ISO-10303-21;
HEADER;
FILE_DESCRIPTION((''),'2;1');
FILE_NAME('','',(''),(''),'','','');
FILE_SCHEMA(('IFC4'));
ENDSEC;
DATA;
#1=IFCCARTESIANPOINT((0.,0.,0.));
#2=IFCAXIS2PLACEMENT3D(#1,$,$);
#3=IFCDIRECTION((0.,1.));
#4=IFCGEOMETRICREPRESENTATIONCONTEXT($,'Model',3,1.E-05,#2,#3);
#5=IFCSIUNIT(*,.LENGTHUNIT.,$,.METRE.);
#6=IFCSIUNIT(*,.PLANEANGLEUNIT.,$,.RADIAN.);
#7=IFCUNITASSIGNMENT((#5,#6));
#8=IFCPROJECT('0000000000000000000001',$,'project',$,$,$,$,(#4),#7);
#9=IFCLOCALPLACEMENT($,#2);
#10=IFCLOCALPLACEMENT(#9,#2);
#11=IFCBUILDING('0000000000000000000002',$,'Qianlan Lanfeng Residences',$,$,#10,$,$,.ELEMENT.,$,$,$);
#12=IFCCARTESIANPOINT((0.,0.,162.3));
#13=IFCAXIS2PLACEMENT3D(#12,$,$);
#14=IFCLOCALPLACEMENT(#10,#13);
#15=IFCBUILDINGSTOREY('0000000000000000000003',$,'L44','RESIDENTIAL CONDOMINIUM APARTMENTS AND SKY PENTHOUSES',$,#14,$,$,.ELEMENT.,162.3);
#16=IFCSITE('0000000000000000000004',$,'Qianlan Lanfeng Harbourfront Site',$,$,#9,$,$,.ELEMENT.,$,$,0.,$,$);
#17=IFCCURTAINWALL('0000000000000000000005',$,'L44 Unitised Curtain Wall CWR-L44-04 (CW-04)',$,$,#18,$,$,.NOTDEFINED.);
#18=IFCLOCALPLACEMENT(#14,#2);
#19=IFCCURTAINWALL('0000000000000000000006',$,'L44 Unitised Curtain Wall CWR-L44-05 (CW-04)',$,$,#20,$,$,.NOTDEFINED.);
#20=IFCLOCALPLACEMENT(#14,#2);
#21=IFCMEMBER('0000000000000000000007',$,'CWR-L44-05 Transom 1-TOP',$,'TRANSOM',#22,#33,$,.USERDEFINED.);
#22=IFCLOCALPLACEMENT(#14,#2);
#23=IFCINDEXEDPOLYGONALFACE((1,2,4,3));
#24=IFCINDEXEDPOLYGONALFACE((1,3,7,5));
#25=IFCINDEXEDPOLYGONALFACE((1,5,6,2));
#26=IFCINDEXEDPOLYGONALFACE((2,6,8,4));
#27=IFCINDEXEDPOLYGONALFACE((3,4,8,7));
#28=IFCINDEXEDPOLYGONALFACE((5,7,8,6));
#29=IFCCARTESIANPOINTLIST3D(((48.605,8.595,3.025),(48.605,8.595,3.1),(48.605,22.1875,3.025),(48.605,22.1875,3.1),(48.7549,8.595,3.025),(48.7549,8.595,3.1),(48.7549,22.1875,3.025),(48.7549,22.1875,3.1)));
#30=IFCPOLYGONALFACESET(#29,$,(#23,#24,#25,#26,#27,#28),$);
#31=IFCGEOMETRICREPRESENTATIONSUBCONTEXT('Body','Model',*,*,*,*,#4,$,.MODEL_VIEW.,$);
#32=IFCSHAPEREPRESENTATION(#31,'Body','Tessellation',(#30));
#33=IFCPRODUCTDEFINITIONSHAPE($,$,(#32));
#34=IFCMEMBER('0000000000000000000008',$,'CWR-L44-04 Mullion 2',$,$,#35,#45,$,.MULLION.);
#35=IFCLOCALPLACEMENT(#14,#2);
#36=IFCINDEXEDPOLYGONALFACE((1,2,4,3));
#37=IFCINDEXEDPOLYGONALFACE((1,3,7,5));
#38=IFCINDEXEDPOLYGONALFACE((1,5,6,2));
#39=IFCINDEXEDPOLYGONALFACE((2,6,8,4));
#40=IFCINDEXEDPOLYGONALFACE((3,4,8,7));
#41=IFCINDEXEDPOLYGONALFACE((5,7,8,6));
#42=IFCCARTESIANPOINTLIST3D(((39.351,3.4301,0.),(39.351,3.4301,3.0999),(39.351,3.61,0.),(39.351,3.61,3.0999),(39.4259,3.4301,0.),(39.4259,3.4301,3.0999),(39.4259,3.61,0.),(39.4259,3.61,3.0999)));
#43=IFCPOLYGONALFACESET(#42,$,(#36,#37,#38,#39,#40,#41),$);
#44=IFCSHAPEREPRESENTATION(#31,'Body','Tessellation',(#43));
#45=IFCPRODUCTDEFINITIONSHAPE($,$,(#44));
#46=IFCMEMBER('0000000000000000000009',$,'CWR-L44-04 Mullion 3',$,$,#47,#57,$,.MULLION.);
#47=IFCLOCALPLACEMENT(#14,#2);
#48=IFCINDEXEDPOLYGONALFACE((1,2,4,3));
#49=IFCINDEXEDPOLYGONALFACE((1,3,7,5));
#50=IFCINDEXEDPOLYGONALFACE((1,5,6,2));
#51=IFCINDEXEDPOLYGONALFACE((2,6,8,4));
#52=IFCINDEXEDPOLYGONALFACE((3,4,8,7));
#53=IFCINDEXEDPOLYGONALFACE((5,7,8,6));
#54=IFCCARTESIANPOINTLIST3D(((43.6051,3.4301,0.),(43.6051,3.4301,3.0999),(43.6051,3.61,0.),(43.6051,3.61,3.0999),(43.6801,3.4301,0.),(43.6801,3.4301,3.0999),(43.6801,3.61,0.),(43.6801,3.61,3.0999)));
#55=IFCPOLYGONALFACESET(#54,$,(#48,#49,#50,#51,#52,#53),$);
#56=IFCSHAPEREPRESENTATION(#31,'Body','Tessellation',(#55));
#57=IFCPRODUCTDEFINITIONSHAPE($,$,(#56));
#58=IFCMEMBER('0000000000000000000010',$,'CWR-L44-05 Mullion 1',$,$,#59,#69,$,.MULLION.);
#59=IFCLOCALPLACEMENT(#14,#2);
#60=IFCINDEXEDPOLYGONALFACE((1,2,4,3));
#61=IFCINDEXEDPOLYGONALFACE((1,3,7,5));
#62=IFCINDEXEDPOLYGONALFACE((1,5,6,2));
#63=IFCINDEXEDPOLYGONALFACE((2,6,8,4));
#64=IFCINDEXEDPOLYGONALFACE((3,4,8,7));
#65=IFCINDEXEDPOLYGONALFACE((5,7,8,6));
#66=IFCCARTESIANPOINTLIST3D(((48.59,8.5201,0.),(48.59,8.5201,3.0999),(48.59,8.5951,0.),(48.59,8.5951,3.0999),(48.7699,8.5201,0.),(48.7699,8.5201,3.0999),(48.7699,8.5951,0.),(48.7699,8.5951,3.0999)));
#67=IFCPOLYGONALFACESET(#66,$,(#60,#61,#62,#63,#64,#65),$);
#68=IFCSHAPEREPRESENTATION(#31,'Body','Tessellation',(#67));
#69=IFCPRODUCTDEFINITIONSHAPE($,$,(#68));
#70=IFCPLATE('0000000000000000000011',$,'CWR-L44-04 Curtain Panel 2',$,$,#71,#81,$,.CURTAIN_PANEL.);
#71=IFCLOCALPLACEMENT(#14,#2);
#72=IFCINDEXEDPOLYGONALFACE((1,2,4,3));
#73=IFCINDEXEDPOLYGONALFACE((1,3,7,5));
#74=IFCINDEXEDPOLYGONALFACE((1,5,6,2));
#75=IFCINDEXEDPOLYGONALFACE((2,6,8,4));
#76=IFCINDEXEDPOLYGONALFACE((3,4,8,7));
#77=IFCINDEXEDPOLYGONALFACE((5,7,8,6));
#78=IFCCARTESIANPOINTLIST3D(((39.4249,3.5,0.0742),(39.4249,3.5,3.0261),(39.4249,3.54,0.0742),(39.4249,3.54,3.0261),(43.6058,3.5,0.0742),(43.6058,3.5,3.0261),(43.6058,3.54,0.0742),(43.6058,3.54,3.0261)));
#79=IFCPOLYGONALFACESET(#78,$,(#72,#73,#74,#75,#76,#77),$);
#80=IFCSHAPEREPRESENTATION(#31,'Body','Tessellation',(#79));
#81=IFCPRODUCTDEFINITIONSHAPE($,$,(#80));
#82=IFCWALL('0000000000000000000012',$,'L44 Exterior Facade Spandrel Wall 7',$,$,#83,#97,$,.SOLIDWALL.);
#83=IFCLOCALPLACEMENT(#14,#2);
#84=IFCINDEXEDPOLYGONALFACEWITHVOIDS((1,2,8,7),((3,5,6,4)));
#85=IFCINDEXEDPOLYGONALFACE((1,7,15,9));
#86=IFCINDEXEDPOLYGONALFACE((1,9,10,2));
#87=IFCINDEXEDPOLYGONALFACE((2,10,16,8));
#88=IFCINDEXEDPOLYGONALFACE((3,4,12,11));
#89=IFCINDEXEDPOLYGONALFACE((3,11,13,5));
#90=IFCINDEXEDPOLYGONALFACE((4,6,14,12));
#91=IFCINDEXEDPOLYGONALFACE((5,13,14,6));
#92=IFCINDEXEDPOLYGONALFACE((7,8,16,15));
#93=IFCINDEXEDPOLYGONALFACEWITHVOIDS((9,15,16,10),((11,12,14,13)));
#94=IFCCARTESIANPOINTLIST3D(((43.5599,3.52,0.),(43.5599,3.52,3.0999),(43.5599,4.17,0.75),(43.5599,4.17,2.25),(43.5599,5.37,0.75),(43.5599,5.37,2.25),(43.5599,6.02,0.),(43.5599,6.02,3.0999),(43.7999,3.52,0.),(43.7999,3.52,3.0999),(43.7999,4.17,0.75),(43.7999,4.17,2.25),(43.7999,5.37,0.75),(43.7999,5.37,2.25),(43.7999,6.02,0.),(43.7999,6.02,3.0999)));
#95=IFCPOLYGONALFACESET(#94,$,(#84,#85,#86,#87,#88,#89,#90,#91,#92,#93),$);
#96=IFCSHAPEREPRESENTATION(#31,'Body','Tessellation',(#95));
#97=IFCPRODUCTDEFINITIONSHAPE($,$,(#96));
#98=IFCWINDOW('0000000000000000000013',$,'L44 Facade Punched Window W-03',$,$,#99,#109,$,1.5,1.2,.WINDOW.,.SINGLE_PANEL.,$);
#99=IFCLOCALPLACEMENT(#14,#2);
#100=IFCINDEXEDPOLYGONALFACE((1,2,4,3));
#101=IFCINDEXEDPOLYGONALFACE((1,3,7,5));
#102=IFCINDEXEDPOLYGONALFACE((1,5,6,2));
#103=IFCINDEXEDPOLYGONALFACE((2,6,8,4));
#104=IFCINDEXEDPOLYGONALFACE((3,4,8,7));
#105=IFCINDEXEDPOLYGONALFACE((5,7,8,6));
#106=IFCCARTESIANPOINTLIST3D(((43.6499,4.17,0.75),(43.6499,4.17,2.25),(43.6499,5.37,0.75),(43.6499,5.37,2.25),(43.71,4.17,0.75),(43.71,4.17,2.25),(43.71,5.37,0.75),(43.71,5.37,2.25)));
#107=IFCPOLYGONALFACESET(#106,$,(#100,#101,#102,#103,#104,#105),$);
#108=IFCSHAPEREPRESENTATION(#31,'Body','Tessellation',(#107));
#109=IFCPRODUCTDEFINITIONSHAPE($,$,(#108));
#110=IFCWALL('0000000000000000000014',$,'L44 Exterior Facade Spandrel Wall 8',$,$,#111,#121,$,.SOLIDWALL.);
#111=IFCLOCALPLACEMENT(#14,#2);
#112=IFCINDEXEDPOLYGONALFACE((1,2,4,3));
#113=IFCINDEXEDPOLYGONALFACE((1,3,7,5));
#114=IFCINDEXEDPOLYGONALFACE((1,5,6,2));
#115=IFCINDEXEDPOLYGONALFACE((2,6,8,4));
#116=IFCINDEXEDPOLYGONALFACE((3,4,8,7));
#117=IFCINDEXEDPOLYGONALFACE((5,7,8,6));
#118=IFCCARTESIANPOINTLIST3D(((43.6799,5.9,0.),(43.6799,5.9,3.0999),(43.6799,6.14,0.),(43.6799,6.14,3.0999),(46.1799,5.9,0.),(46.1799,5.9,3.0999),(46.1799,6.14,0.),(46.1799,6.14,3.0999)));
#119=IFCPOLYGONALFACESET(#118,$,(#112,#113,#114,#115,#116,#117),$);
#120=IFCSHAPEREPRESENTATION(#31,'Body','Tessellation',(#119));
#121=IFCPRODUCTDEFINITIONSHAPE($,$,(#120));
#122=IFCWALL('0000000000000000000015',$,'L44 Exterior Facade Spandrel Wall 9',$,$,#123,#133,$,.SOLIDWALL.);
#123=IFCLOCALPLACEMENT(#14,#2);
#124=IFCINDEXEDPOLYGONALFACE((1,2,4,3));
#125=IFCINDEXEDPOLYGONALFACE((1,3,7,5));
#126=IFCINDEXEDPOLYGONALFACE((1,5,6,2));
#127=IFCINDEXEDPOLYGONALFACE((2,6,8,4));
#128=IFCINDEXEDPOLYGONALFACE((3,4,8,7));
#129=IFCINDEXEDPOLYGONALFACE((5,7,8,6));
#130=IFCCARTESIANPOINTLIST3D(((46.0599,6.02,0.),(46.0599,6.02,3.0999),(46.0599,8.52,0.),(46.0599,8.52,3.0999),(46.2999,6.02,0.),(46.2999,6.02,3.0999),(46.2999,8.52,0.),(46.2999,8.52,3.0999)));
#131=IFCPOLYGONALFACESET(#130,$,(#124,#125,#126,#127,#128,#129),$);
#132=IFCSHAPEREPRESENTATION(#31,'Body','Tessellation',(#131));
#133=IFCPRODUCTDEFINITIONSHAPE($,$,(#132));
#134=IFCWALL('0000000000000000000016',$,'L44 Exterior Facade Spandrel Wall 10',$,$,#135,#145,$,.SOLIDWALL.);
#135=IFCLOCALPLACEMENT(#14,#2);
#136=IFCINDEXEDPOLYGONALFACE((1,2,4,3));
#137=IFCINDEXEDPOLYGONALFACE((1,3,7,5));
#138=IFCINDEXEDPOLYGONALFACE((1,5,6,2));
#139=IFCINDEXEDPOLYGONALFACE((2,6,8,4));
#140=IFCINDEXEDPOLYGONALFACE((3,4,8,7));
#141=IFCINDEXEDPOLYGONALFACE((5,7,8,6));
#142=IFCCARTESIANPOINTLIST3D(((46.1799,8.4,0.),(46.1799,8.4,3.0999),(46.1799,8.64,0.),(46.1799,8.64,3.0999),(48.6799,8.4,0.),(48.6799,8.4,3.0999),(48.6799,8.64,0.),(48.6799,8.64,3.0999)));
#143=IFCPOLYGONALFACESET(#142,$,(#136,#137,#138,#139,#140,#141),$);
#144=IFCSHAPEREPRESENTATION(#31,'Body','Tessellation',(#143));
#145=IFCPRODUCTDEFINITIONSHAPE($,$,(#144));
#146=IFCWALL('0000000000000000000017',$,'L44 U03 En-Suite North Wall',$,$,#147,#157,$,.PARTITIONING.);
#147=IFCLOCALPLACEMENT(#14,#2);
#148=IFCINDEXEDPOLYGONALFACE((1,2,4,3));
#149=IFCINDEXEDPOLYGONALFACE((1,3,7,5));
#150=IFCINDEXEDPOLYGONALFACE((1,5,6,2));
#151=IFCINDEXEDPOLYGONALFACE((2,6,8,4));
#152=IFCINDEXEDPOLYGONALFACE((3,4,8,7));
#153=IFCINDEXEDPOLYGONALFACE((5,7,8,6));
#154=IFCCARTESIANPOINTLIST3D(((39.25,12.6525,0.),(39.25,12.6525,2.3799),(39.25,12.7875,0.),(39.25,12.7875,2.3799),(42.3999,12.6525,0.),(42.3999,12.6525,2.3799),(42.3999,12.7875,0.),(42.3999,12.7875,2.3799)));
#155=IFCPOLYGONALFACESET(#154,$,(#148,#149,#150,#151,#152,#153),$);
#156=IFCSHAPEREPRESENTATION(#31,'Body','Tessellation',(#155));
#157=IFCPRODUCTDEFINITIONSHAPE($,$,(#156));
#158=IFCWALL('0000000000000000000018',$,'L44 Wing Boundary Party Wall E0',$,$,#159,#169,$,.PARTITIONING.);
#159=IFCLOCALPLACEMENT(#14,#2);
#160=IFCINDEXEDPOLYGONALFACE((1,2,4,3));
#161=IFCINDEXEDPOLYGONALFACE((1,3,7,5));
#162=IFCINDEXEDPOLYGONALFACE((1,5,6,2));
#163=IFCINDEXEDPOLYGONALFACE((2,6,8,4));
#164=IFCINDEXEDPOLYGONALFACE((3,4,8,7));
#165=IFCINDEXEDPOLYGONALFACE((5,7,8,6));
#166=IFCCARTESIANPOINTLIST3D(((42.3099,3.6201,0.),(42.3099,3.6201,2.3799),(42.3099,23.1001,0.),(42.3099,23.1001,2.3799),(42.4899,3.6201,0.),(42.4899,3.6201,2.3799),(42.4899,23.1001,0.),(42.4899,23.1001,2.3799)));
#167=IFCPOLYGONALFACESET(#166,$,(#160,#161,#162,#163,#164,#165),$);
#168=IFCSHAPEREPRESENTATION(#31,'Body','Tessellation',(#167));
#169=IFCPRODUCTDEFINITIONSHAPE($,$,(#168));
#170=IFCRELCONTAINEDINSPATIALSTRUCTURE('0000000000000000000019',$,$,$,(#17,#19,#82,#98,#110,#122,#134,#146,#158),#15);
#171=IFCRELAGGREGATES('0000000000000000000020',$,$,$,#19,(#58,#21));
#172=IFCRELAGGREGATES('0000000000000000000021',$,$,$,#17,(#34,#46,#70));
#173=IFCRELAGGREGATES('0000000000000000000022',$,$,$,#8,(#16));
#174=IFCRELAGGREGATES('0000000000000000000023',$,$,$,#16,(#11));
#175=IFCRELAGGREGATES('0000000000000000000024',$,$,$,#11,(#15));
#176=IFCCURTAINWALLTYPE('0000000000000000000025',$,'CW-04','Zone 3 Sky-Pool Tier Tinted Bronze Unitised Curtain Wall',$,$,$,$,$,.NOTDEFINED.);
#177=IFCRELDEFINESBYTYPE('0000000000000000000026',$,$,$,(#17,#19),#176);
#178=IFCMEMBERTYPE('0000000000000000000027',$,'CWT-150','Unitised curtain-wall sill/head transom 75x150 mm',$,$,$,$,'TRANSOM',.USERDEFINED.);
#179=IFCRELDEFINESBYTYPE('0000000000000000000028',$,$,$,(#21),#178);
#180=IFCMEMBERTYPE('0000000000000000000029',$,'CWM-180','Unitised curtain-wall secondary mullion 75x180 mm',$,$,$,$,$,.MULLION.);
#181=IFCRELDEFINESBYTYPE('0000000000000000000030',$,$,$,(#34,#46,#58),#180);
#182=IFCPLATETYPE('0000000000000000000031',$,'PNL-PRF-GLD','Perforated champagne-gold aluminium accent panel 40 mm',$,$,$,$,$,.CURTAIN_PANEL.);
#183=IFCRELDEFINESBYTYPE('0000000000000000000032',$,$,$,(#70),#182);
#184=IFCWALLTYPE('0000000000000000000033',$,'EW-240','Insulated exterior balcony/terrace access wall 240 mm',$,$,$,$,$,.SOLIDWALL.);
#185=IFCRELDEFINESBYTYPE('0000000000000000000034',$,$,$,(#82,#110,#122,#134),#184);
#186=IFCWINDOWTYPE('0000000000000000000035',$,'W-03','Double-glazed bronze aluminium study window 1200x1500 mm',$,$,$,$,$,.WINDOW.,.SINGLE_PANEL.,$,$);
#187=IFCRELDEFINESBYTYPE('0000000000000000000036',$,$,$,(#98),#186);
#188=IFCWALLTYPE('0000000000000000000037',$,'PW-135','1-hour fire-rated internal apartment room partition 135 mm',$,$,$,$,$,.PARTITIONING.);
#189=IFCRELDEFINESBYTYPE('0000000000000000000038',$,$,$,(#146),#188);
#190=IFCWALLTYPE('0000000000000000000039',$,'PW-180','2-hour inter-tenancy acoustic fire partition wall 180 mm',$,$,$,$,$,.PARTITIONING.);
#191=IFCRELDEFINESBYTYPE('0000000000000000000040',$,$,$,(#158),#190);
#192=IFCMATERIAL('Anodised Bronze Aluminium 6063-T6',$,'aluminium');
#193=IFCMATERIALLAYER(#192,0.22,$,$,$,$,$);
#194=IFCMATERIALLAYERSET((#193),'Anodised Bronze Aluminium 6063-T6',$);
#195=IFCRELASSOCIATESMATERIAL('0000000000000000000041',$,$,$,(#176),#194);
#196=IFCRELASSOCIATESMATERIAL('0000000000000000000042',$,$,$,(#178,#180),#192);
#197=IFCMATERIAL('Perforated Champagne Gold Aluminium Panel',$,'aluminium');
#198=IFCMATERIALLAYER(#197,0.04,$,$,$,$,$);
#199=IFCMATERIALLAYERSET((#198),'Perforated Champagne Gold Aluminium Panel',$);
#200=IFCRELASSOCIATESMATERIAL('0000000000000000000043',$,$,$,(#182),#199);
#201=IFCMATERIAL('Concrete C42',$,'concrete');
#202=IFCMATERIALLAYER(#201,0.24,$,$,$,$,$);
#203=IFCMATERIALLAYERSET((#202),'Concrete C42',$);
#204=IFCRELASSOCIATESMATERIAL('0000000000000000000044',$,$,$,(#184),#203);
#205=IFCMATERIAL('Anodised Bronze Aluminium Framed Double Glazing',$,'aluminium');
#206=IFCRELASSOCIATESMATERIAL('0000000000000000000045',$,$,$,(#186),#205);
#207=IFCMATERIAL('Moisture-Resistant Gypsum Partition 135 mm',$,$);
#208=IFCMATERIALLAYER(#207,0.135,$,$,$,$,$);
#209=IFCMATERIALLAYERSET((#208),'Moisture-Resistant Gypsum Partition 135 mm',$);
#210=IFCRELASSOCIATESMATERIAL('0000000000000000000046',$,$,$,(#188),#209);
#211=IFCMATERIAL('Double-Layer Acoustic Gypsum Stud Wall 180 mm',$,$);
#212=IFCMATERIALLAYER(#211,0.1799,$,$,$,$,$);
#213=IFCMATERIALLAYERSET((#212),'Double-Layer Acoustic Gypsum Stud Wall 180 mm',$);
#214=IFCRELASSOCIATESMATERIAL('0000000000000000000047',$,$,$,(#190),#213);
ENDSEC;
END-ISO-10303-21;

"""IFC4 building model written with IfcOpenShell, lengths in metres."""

from ifc_helpers import new_model, si_unit, direction, frame, frame_2d, origin, origin_2d, place, context, subcontext, project, spatial, rectangle, extrude, source, transform, mapped, material, layer, layer_set, material_profile, profile_set, type_object, element, fill, aggregate, save


model = new_model("IFC4")

# Units and contexts
model_context = context("Model", 3, precision=1e-05, world=origin(), true_north=direction((0.0, 1.0)))
body_context = subcontext(model_context, "Body", "Model", "MODEL_VIEW")
ifc_project = project(units=[si_unit("LENGTHUNIT", "METRE"), si_unit("PLANEANGLEUNIT", "RADIAN")], contexts=[model_context])

# Site, building, storey
site_placement = place(None, origin())
site = spatial("IfcSite", under=ifc_project, at=site_placement, Name="Qianlan Lanfeng Harbourfront Site", CompositionType="ELEMENT", RefElevation=0.0)
building_placement = place(site_placement, origin())
building = spatial("IfcBuilding", under=site, at=building_placement, Name="Qianlan Lanfeng Residences", CompositionType="ELEMENT")
storey_placement = place(building_placement, frame((0.0, 0.0, 162.3)))
storey = spatial("IfcBuildingStorey", under=building, at=storey_placement, Name="L44", Description="RESIDENTIAL CONDOMINIUM APARTMENTS AND SKY PENTHOUSES", CompositionType="ELEMENT", Elevation=162.3)

# Curtain walls, member
ifc_material_1 = material(Name="Anodised Bronze Aluminium 6063-T6", Category="aluminium")
ifc_layer_1 = layer(ifc_material_1, 0.22)
ifc_layer_set_1 = layer_set([ifc_layer_1], Name="Anodised Bronze Aluminium 6063-T6")
curtain_wall_type = type_object("IfcCurtainWallType", Name="CW-04", Description="Zone 3 Sky-Pool Tier Tinted Bronze Unitised Curtain Wall", PredefinedType="NOTDEFINED", material=ifc_layer_set_1)
curtain_wall_1_placement = place(storey_placement, origin())
curtain_wall_1 = element("IfcCurtainWall", 1, at=curtain_wall_1_placement, inside=storey, type_object=curtain_wall_type, Name="L44 Unitised Curtain Wall CWR-L44-04 (CW-04)", PredefinedType="NOTDEFINED")
ifc_material_profile_1 = material_profile(ifc_material_1, rectangle(XDim=0.075, YDim=0.1499, at=origin_2d()), Name="ALU TRANSOM 75x150")
ifc_profile_set_1 = profile_set([ifc_material_profile_1], Name="Anodised Bronze Aluminium 6063-T6")
member_type_1 = type_object("IfcMemberType", Name="CWT-150", Description="Unitised curtain-wall sill/head transom 75x150 mm", ElementType="TRANSOM", PredefinedType="USERDEFINED", material=ifc_profile_set_1)
curtain_wall_2_placement = place(storey_placement, origin())
curtain_wall_2 = element("IfcCurtainWall", 2, at=curtain_wall_2_placement, inside=storey, type_object=curtain_wall_type, Name="L44 Unitised Curtain Wall CWR-L44-05 (CW-04)", PredefinedType="NOTDEFINED")
shared_shape_1 = source(origin(), body_context, "Body", "SweptSolid", [
    extrude(rectangle(XDim=0.075, YDim=0.1499, at=origin_2d()), origin(), (0.0, 0.0, 1.0), 13.5925),
])
member_1_placement = place(storey_placement, frame((48.6799, 8.595, 3.0625), z_axis=(0.0, 1.0, 0.0), x_axis=(0.0, 0.0, 1.0)))
member_1 = element("IfcMember", 3, at=member_1_placement, type_object=member_type_1, Name="CWR-L44-05 Transom 1-TOP", ObjectType="TRANSOM", PredefinedType="USERDEFINED", context=body_context, shape_type="MappedRepresentation", body=[
    mapped(shared_shape_1, transform((0.0, 0.0, 0.0), scale=1.0)),
])

# Members
ifc_material_profile_2 = material_profile(ifc_material_1, rectangle(XDim=0.075, YDim=0.1799, at=origin_2d()), Name="ALU MULLION 75x180")
ifc_profile_set_2 = profile_set([ifc_material_profile_2], Name="Anodised Bronze Aluminium 6063-T6")
member_type_2 = type_object("IfcMemberType", Name="CWM-180", Description="Unitised curtain-wall secondary mullion 75x180 mm", PredefinedType="MULLION", material=ifc_profile_set_2)
shared_shape_2 = source(origin(), body_context, "Body", "SweptSolid", [
    extrude(rectangle(XDim=0.075, YDim=0.1799, at=origin_2d()), origin(), (0.0, 0.0, 1.0), 3.0999),
])
member_2_placement = place(storey_placement, frame((39.3884, 3.52, 0.0), z_axis=(0.0, 0.0, 1.0), x_axis=(1.0, 0.0, 0.0)))
member_2 = element("IfcMember", 4, at=member_2_placement, type_object=member_type_2, Name="CWR-L44-04 Mullion 2", PredefinedType="MULLION", context=body_context, shape_type="MappedRepresentation", body=[
    mapped(shared_shape_2, transform((0.0, 0.0, 0.0), scale=1.0)),
])
member_3_placement = place(storey_placement, frame((43.6426, 3.52, 0.0), z_axis=(0.0, 0.0, 1.0), x_axis=(1.0, 0.0, 0.0)))
member_3 = element("IfcMember", 5, at=member_3_placement, type_object=member_type_2, Name="CWR-L44-04 Mullion 3", PredefinedType="MULLION", context=body_context, shape_type="MappedRepresentation", body=[
    mapped(shared_shape_2, transform((0.0, 0.0, 0.0), scale=1.0)),
])
member_4_placement = place(storey_placement, frame((48.6799, 8.5576, 0.0), z_axis=(0.0, 0.0, 1.0), x_axis=(0.0, 1.0, 0.0)))
member_4 = element("IfcMember", 6, at=member_4_placement, type_object=member_type_2, Name="CWR-L44-05 Mullion 1", PredefinedType="MULLION", context=body_context, shape_type="MappedRepresentation", body=[
    mapped(shared_shape_2, transform((0.0, 0.0, 0.0), scale=1.0)),
])
aggregate(curtain_wall_2, [member_4, member_1])

# Plate
ifc_material_2 = material(Name="Perforated Champagne Gold Aluminium Panel", Category="aluminium")
ifc_layer_2 = layer(ifc_material_2, 0.04)
ifc_layer_set_2 = layer_set([ifc_layer_2], Name="Perforated Champagne Gold Aluminium Panel")
plate_type = type_object("IfcPlateType", Name="PNL-PRF-GLD", Description="Perforated champagne-gold aluminium accent panel 40 mm", PredefinedType="CURTAIN_PANEL", material=ifc_layer_set_2)
shared_shape_3 = source(origin(), body_context, "Body", "SweptSolid", [
    extrude(rectangle(XDim=4.1809, YDim=0.04, at=origin_2d()), origin(), (0.0, 0.0, 1.0), 2.9519),
])
plate_placement = place(storey_placement, frame((41.5154, 3.52, 0.0742), z_axis=(0.0, 0.0, 1.0), x_axis=(1.0, 0.0, 0.0)))
plate = element("IfcPlate", 7, at=plate_placement, type_object=plate_type, Name="CWR-L44-04 Curtain Panel 2", PredefinedType="CURTAIN_PANEL", context=body_context, shape_type="MappedRepresentation", body=[
    mapped(shared_shape_3, transform((0.0, 0.0, 0.0), scale=1.0)),
])
aggregate(curtain_wall_1, [member_2, member_3, plate])

# Wall, opening, window
ifc_material_3 = material(Name="Concrete C42", Category="concrete")
ifc_layer_3 = layer(ifc_material_3, 0.24)
ifc_layer_set_3 = layer_set([ifc_layer_3], Name="Concrete C42")
wall_type_1 = type_object("IfcWallType", Name="EW-240", Description="Insulated exterior balcony/terrace access wall 240 mm", PredefinedType="SOLIDWALL", material=ifc_layer_set_3)
wall_1_placement = place(storey_placement, frame((43.6799, 3.52, 0.0), z_axis=(0.0, 0.0, 1.0), x_axis=(0.0, 1.0, 0.0)))
wall_1 = element("IfcWall", 8, at=wall_1_placement, inside=storey, type_object=wall_type_1, Name="L44 Exterior Facade Spandrel Wall 7", PredefinedType="SOLIDWALL", context=body_context, shape_type="SweptSolid", body=[
    extrude(rectangle(XDim=2.5, YDim=0.24, at=frame_2d((1.25, 0.0))), origin(), (0.0, 0.0, 1.0), 3.0999),
])
opening_placement = place(wall_1_placement, frame((0.6499, 0.0, 0.75)))
opening = element("IfcOpeningElement", 9, at=opening_placement, cuts=wall_1, PredefinedType="OPENING", context=body_context, shape_type="SweptSolid", body=[
    extrude(rectangle(XDim=1.2, YDim=1.5, at=frame_2d((0.6001, 0.75))), frame((0.0, 0.1299, 0.0), z_axis=(0.0, -1.0, 0.0), x_axis=(1.0, 0.0, 0.0)), (0.0, 0.0, 1.0), 0.26),
])
ifc_material_4 = material(Name="Anodised Bronze Aluminium Framed Double Glazing", Category="aluminium")
window_type = type_object("IfcWindowType", Name="W-03", Description="Double-glazed bronze aluminium study window 1200x1500 mm", PartitioningType="SINGLE_PANEL", PredefinedType="WINDOW", material=ifc_material_4)
window_placement = place(opening_placement, origin())
window = element("IfcWindow", 10, at=window_placement, inside=storey, type_object=window_type, Name="L44 Facade Punched Window W-03", OverallHeight=1.5, OverallWidth=1.2, PartitioningType="SINGLE_PANEL", PredefinedType="WINDOW", context=body_context, shape_type="SweptSolid", body=[
    extrude(rectangle(XDim=1.2, YDim=1.5, at=frame_2d((0.6001, 0.75))), frame((0.0, 0.03, 0.0), z_axis=(0.0, -1.0, 0.0), x_axis=(1.0, 0.0, 0.0)), (0.0, 0.0, 1.0), 0.0601),
])
fill(opening, window)

# Walls
for number, where, z_axis, x_axis, name in (
    (11, (43.6799, 6.02, 0.0), (0.0, 0.0, 1.0), (1.0, 0.0, 0.0), "L44 Exterior Facade Spandrel Wall 8"),
    (12, (46.1799, 6.02, 0.0), (0.0, 0.0, 1.0), (0.0, 1.0, 0.0), "L44 Exterior Facade Spandrel Wall 9"),
    (13, (46.1799, 8.52, 0.0), (0.0, 0.0, 1.0), (1.0, 0.0, 0.0), "L44 Exterior Facade Spandrel Wall 10"),
):
    element("IfcWall", number, at=place(storey_placement, frame(where, z_axis=z_axis, x_axis=x_axis)), inside=storey, type_object=wall_type_1, Name=name, PredefinedType="SOLIDWALL", context=body_context, shape_type="SweptSolid", body=[
        extrude(rectangle(XDim=2.5, YDim=0.24, at=frame_2d((1.25, 0.0))), origin(), (0.0, 0.0, 1.0), 3.0999),
    ])
ifc_material_5 = material(Name="Moisture-Resistant Gypsum Partition 135 mm")
ifc_layer_4 = layer(ifc_material_5, 0.135)
ifc_layer_set_4 = layer_set([ifc_layer_4], Name="Moisture-Resistant Gypsum Partition 135 mm")
wall_type_2 = type_object("IfcWallType", Name="PW-135", Description="1-hour fire-rated internal apartment room partition 135 mm", PredefinedType="PARTITIONING", material=ifc_layer_set_4)
wall_2_placement = place(storey_placement, frame((39.25, 12.72, 0.0), z_axis=(0.0, 0.0, 1.0), x_axis=(1.0, 0.0, 0.0)))
element("IfcWall", 14, at=wall_2_placement, inside=storey, type_object=wall_type_2, Name="L44 U03 En-Suite North Wall", PredefinedType="PARTITIONING", context=body_context, shape_type="SweptSolid", body=[
    extrude(rectangle(XDim=3.1499, YDim=0.135, at=frame_2d((1.575, 0.0))), origin(), (0.0, 0.0, 1.0), 2.3799),
])
ifc_material_6 = material(Name="Double-Layer Acoustic Gypsum Stud Wall 180 mm")
ifc_layer_5 = layer(ifc_material_6, 0.1799)
ifc_layer_set_5 = layer_set([ifc_layer_5], Name="Double-Layer Acoustic Gypsum Stud Wall 180 mm")
wall_type_3 = type_object("IfcWallType", Name="PW-180", Description="2-hour inter-tenancy acoustic fire partition wall 180 mm", PredefinedType="PARTITIONING", material=ifc_layer_set_5)
wall_3_placement = place(storey_placement, frame((42.3999, 3.6201, 0.0), z_axis=(0.0, 0.0, 1.0), x_axis=(0.0, 1.0, 0.0)))
element("IfcWall", 15, at=wall_3_placement, inside=storey, type_object=wall_type_3, Name="L44 Wing Boundary Party Wall E0", PredefinedType="PARTITIONING", context=body_context, shape_type="SweptSolid", body=[
    extrude(rectangle(XDim=19.48, YDim=0.1799, at=frame_2d((9.74, 0.0))), origin(), (0.0, 0.0, 1.0), 2.3799),
])

save(model, "model.ifc")
